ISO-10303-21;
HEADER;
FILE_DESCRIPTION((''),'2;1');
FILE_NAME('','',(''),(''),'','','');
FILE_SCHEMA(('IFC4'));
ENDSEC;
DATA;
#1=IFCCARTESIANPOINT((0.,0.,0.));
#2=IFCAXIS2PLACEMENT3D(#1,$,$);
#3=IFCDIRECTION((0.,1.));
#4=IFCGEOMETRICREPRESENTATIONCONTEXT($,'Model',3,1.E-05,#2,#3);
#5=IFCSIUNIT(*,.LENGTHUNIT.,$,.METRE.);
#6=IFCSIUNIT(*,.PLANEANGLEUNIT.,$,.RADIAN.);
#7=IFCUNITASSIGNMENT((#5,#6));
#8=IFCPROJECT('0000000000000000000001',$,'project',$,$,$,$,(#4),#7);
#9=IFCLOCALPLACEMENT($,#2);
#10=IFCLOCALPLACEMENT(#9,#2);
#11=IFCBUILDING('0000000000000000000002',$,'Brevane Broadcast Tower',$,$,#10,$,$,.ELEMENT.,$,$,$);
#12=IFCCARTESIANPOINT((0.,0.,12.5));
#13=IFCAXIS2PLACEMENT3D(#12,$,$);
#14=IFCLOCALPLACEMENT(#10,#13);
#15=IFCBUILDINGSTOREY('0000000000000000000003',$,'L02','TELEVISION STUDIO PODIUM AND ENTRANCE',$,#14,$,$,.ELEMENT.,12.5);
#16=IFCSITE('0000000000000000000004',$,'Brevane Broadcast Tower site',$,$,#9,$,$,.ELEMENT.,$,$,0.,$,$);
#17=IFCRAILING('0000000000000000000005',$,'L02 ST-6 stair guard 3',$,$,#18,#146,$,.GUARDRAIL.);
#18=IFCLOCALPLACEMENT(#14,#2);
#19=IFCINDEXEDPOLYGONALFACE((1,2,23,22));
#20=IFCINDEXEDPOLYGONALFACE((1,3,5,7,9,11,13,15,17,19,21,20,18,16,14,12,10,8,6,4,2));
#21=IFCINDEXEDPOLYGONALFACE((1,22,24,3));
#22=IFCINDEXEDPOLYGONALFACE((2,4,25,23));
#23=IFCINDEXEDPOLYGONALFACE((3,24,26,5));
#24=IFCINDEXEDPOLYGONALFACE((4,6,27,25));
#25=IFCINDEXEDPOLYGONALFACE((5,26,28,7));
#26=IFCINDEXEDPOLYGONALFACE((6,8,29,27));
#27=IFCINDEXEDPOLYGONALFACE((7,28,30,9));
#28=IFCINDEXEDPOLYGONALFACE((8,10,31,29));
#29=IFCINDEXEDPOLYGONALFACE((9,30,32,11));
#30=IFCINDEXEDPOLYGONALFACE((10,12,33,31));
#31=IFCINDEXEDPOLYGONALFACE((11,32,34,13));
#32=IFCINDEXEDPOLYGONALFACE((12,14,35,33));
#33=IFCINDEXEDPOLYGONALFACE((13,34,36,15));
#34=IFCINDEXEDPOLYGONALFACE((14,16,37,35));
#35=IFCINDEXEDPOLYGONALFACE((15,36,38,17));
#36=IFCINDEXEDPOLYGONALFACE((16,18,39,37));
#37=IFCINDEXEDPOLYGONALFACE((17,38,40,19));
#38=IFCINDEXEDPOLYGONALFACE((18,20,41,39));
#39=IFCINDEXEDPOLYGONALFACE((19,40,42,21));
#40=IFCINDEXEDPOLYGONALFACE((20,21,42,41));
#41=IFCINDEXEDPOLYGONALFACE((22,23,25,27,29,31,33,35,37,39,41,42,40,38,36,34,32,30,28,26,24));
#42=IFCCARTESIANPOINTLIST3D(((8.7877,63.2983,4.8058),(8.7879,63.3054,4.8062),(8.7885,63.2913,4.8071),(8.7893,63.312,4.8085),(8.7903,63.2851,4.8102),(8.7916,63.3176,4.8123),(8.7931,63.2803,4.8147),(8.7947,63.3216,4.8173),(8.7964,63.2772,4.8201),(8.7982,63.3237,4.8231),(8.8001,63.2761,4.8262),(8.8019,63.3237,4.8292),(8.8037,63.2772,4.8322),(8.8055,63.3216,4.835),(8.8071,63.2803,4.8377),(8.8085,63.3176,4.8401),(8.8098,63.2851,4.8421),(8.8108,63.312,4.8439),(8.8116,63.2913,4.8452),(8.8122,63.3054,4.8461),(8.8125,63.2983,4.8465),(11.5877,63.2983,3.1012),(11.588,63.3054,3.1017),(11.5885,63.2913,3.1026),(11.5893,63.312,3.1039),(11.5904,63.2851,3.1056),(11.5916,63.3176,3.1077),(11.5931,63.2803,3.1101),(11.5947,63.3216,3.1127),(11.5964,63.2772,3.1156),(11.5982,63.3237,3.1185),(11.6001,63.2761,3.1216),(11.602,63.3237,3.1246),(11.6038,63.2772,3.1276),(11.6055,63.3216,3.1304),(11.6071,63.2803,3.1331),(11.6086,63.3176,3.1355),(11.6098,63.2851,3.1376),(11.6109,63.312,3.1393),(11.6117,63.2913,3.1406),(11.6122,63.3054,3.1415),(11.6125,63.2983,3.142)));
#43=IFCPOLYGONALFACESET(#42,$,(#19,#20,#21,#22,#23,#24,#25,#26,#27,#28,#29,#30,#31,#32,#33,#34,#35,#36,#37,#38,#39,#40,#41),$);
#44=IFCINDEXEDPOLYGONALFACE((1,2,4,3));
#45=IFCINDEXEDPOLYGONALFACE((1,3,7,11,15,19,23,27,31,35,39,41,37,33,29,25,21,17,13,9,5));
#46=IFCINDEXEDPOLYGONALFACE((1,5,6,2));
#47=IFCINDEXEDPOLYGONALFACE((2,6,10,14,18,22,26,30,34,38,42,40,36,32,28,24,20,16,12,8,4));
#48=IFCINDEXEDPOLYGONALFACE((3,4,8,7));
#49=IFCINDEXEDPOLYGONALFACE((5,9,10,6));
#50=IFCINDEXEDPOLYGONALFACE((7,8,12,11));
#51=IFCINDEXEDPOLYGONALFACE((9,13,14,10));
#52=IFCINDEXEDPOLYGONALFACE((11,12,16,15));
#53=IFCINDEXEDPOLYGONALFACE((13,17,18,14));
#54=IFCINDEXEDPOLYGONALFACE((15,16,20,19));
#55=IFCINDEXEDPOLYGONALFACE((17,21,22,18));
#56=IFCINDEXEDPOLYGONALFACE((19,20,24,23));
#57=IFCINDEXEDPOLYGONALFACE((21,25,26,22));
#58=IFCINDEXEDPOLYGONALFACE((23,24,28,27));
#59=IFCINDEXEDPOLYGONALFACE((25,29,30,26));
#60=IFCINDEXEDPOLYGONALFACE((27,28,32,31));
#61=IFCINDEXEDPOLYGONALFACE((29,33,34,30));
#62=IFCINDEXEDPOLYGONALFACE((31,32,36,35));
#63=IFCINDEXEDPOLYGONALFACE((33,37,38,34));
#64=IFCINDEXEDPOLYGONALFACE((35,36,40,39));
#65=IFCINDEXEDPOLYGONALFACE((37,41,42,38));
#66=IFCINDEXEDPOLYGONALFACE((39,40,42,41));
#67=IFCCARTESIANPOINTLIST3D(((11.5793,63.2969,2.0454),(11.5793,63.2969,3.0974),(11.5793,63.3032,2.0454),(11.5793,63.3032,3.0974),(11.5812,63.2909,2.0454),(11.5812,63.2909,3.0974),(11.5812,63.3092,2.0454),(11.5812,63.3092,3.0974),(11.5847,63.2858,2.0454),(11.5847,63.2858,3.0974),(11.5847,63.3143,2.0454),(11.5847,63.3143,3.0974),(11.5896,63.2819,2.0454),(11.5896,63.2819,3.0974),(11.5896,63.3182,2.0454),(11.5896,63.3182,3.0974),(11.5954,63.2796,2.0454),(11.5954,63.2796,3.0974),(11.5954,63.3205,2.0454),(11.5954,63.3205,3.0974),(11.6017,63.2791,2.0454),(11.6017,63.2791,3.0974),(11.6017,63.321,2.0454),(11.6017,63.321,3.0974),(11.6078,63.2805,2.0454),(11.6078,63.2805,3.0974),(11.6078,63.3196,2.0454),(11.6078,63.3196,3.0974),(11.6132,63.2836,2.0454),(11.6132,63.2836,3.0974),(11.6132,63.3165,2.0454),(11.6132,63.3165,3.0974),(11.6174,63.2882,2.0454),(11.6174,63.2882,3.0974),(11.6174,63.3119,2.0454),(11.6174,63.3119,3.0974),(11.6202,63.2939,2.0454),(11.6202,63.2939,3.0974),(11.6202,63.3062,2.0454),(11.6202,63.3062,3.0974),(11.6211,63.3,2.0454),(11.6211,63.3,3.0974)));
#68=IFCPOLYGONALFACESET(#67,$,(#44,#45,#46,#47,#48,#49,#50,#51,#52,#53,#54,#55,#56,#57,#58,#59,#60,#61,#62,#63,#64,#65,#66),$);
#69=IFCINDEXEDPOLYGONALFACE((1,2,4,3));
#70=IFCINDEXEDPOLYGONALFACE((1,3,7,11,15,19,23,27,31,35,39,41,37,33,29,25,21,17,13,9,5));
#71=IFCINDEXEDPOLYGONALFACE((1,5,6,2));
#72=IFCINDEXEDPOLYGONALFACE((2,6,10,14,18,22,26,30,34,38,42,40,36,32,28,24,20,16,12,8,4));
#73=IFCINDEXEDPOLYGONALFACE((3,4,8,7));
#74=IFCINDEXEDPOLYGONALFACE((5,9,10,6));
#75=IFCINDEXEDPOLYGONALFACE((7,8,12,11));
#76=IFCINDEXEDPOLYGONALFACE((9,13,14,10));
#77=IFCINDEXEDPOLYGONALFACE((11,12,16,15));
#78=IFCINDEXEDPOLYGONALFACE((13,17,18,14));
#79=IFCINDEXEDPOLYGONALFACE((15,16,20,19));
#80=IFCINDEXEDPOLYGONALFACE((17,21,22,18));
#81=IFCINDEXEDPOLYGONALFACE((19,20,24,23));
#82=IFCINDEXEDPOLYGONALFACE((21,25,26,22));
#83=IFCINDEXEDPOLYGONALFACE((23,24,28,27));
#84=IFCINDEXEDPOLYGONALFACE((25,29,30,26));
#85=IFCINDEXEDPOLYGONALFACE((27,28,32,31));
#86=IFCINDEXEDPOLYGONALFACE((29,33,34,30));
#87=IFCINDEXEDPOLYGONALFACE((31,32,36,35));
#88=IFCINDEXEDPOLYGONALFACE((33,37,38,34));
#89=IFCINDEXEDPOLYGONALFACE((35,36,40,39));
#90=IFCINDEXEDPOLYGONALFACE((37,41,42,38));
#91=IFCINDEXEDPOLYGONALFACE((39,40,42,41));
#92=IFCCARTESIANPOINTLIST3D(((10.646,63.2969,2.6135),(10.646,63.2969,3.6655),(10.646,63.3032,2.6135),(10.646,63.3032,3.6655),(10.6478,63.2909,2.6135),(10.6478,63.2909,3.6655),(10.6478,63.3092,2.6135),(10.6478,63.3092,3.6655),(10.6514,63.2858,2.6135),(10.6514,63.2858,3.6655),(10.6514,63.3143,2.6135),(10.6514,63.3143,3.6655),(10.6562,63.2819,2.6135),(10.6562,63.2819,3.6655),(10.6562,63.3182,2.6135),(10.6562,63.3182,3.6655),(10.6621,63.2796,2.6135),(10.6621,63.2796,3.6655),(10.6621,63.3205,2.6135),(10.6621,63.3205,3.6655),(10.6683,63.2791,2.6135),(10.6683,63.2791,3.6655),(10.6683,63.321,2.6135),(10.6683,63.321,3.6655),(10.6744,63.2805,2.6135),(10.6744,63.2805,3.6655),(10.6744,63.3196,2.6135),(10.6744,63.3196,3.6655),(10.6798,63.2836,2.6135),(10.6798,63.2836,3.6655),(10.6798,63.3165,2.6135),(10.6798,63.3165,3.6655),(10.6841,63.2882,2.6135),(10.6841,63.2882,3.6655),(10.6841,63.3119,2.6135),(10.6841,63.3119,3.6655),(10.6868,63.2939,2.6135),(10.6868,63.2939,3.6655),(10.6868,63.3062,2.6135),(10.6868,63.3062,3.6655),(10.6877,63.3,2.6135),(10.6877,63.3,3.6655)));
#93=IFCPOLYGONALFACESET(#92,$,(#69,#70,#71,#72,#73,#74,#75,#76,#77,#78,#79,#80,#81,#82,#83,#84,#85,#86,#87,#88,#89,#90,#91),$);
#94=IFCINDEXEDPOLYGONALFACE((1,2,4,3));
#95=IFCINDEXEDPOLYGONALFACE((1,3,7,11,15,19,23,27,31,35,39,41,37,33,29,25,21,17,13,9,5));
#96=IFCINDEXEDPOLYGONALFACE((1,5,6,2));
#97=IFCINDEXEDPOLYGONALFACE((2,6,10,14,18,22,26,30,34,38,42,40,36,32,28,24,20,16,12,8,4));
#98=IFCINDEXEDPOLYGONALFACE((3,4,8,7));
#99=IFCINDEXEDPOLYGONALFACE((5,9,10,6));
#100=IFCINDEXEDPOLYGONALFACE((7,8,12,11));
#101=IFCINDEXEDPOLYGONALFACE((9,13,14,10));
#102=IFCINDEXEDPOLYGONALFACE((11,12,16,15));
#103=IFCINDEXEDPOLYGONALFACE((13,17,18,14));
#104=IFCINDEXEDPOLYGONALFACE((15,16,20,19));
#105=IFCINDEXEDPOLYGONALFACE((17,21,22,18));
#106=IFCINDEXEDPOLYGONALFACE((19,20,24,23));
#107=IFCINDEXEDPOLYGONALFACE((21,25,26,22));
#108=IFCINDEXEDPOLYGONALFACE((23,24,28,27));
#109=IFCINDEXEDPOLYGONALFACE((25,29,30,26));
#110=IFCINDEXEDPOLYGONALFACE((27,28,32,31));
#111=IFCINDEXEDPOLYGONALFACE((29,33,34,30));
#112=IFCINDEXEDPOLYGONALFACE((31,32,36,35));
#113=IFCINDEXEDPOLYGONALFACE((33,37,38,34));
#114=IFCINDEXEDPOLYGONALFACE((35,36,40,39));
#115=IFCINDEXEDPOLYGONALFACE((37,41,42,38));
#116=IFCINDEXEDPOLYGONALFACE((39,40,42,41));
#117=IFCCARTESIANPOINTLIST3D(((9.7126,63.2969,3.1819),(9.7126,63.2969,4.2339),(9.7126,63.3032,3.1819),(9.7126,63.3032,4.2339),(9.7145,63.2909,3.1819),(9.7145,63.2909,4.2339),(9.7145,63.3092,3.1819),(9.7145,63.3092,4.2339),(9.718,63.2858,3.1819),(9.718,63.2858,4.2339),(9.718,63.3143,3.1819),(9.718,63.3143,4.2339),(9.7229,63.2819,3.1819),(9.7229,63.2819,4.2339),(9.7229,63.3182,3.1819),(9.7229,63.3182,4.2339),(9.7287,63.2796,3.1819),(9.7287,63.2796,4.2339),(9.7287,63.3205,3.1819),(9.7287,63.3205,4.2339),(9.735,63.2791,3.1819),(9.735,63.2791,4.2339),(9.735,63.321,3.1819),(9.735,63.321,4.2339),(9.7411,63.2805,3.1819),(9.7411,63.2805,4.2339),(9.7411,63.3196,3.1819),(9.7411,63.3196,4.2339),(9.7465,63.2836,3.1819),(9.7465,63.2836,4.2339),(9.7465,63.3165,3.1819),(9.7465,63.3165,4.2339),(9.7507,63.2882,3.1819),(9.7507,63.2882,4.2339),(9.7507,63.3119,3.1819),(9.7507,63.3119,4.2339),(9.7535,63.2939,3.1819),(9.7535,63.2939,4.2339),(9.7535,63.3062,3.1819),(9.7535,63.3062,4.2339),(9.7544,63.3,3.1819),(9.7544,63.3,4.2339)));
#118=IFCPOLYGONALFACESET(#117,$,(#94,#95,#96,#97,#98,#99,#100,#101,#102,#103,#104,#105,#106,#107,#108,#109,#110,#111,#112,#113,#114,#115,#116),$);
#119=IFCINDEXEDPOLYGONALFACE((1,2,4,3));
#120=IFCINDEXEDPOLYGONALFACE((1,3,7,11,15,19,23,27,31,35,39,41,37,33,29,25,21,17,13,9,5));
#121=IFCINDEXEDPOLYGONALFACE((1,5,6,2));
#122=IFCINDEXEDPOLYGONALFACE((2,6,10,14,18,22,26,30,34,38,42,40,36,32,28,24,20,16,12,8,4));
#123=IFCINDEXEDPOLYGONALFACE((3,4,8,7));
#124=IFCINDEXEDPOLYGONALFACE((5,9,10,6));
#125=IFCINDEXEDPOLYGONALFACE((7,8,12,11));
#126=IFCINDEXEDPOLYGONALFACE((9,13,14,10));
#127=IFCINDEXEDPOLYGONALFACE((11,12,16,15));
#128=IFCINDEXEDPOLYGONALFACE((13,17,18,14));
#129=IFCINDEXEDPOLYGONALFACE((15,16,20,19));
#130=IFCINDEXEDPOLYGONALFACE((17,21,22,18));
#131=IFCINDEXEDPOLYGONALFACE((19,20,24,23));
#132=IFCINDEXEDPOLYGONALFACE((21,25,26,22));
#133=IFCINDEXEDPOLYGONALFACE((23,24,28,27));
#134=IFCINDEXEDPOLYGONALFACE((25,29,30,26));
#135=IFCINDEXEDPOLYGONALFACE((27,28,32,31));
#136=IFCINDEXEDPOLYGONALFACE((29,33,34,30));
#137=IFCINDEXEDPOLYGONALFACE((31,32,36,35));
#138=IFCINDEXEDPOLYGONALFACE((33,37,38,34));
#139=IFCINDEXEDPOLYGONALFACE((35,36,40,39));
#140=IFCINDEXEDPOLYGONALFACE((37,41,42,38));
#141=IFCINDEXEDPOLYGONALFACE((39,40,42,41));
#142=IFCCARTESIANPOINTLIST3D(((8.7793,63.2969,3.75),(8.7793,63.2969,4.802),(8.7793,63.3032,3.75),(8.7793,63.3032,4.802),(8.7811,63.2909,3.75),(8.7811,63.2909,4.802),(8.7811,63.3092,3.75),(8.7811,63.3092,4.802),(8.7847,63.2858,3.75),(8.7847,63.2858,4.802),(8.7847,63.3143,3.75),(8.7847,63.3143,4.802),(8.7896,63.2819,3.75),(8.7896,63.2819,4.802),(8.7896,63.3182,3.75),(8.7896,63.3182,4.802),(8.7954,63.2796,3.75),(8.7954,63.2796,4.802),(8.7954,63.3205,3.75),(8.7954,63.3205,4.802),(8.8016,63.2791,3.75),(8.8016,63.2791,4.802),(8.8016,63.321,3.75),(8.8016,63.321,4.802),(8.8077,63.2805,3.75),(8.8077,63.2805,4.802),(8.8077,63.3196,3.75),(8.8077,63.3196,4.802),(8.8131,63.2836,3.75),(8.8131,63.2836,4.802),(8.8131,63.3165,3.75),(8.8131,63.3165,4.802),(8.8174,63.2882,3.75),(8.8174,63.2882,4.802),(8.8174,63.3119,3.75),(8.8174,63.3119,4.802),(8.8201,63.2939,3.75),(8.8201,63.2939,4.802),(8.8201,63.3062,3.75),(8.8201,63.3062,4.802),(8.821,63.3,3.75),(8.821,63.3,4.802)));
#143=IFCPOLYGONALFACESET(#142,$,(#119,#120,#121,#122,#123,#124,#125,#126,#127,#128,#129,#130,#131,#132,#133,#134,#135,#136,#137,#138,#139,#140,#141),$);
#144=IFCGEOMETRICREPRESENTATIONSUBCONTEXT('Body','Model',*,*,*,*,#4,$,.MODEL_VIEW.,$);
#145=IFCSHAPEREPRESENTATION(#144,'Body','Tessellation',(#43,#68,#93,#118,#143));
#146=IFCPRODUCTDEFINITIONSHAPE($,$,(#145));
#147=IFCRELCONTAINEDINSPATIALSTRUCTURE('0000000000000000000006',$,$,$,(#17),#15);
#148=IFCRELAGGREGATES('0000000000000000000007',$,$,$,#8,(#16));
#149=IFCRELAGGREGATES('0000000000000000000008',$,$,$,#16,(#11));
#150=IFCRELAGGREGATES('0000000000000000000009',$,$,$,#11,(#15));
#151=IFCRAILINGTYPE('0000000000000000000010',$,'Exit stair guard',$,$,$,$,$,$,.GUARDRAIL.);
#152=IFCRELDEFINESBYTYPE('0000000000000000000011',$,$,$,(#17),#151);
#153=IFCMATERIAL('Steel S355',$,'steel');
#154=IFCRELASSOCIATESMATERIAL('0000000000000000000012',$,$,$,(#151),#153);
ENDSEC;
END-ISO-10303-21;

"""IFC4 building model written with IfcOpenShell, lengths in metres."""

from ifc_helpers import new_model, si_unit, direction, frame, origin, origin_2d, place, context, subcontext, project, spatial, circle, extrude, material, type_object, element, save


model = new_model("IFC4")

# Units and contexts
model_context = context("Model", 3, precision=1e-05, world=origin(), true_north=direction((0.0, 1.0)))
body_context = subcontext(model_context, "Body", "Model", "MODEL_VIEW")
ifc_project = project(units=[si_unit("LENGTHUNIT", "METRE"), si_unit("PLANEANGLEUNIT", "RADIAN")], contexts=[model_context])

# Site, building, storey
site_placement = place(None, origin())
site = spatial("IfcSite", under=ifc_project, at=site_placement, Name="Brevane Broadcast Tower site", CompositionType="ELEMENT", RefElevation=0.0)
building_placement = place(site_placement, origin())
building = spatial("IfcBuilding", under=site, at=building_placement, Name="Brevane Broadcast Tower", CompositionType="ELEMENT")
storey_placement = place(building_placement, frame((0.0, 0.0, 12.5)))
storey = spatial("IfcBuildingStorey", under=building, at=storey_placement, Name="L02", Description="TELEVISION STUDIO PODIUM AND ENTRANCE", CompositionType="ELEMENT", Elevation=12.5)

# Railing
ifc_material_1 = material(Name="Steel S355", Category="steel")
railing_type_1 = type_object("IfcRailingType", Name="Exit stair guard", PredefinedType="GUARDRAIL", material=ifc_material_1)
railing_1_placement = place(storey_placement, frame((11.6001, 63.3, 2.0454)))
element("IfcRailing", 1, at=railing_1_placement, inside=storey, type_object=railing_type_1, Name="L02 ST-6 stair guard 3", PredefinedType="GUARDRAIL", context=body_context, shape_type="SweptSolid", body=[
    extrude(circle(Radius=0.0239, at=origin_2d()), frame((0.0, 0.0, 1.0762), z_axis=(-0.85417, 0.0, 0.519994), x_axis=(0.0, -1.0, 0.0)), (0.0, 0.0, 1.0), 3.2781),
    extrude(circle(Radius=0.021, at=origin_2d()), origin(), (0.0, 0.0, 1.0), 1.052),
    extrude(circle(Radius=0.021, at=origin_2d()), frame((-0.9333, 0.0, 0.5681)), (0.0, 0.0, 1.0), 1.052),
    extrude(circle(Radius=0.021, at=origin_2d()), frame((-1.8667, 0.0, 1.1365)), (0.0, 0.0, 1.0), 1.052),
    extrude(circle(Radius=0.021, at=origin_2d()), frame((-2.8, 0.0, 1.7046)), (0.0, 0.0, 1.0), 1.052),
])

save(model, "model.ifc")
